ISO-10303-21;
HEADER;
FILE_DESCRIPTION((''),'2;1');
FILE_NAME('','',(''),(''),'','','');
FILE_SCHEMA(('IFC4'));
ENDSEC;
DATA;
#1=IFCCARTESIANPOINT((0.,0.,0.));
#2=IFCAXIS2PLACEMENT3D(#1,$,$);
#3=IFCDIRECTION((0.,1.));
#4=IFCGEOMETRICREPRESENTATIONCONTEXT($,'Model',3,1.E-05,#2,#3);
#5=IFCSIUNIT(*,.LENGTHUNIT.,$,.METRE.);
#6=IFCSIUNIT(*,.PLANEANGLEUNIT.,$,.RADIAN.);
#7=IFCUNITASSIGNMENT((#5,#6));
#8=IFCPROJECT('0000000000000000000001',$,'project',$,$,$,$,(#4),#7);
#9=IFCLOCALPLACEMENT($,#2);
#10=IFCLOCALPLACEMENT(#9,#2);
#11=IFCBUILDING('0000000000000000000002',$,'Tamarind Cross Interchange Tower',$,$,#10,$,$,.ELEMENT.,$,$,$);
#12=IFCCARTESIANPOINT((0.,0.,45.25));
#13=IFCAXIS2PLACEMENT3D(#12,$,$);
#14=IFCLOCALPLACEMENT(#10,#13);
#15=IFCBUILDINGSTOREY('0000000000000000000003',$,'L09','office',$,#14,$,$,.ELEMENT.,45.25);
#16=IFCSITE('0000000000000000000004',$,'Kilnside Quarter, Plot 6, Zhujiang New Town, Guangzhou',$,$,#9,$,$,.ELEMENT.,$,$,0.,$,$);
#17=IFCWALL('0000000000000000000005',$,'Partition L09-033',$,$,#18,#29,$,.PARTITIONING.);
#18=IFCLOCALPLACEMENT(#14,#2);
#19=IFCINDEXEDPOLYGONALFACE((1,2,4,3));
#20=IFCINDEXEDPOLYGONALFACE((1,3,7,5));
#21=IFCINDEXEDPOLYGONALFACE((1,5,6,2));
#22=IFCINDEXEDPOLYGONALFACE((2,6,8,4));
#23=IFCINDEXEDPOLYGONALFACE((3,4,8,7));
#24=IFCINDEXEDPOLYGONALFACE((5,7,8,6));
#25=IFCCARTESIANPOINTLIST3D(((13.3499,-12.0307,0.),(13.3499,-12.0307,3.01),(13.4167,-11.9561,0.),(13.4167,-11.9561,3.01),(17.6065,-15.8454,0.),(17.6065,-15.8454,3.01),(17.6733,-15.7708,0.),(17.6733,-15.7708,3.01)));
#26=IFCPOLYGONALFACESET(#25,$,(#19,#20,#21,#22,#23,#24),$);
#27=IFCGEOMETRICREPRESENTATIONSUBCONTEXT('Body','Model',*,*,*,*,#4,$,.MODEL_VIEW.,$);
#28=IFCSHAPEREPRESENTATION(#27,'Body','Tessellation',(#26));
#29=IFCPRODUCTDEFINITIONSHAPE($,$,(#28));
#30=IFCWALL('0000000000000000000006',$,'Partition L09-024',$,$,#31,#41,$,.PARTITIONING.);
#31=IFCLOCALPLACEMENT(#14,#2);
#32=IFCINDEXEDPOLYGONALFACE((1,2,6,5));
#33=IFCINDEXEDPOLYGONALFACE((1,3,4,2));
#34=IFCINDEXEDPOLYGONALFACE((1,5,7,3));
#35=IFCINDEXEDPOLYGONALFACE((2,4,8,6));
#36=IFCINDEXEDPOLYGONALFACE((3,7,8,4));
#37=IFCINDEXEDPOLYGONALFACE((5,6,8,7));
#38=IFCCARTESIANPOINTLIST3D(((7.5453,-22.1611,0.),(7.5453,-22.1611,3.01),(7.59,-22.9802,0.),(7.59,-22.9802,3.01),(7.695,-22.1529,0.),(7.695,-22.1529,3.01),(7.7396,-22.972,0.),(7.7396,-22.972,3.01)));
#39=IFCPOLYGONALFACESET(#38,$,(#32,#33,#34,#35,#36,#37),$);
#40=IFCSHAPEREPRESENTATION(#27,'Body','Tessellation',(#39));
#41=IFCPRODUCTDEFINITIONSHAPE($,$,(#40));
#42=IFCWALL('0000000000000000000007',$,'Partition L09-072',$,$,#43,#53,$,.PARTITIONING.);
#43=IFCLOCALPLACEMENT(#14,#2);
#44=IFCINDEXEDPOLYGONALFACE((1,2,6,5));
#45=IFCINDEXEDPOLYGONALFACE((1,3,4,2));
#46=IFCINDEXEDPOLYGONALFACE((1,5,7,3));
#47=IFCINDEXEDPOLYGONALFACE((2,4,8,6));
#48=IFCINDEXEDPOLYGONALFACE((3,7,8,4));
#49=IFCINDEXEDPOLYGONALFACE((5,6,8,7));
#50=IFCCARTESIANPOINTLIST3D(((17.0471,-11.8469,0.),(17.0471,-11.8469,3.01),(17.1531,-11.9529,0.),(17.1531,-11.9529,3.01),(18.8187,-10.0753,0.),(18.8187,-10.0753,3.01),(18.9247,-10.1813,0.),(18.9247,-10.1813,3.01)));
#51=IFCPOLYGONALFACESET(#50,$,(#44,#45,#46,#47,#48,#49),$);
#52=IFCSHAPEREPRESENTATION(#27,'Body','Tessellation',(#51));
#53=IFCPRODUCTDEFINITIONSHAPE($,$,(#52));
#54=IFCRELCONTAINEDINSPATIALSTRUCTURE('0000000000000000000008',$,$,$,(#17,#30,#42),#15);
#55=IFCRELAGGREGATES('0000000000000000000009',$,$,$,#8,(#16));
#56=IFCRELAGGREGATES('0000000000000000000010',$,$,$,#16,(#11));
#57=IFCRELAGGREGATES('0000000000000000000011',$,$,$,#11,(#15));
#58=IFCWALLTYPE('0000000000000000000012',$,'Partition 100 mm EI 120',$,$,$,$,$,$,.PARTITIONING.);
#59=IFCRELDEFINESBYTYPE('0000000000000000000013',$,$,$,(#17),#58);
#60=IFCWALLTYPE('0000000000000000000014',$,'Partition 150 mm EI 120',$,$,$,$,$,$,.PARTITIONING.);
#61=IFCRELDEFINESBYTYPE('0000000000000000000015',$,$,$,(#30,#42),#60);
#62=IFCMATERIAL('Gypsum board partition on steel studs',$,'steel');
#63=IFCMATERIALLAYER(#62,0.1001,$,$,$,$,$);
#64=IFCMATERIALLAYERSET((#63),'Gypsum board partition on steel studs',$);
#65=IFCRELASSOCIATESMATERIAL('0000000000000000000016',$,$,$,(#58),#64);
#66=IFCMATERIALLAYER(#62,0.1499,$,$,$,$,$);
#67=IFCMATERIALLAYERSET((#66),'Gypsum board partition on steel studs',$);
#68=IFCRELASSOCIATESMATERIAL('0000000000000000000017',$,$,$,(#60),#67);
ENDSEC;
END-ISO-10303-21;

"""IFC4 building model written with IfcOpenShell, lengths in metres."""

from ifc_helpers import new_model, si_unit, direction, frame, frame_2d, origin, place, context, subcontext, project, spatial, rectangle, extrude, material, layer, layer_set, type_object, element, save


model = new_model("IFC4")

# Units and contexts
model_context = context("Model", 3, precision=1e-05, world=origin(), true_north=direction((0.0, 1.0)))
body_context = subcontext(model_context, "Body", "Model", "MODEL_VIEW")
ifc_project = project(units=[si_unit("LENGTHUNIT", "METRE"), si_unit("PLANEANGLEUNIT", "RADIAN")], contexts=[model_context])

# Site, building, storey
site_placement = place(None, origin())
site = spatial("IfcSite", under=ifc_project, at=site_placement, Name="Kilnside Quarter, Plot 6, Zhujiang New Town, Guangzhou", CompositionType="ELEMENT", RefElevation=0.0)
building_placement = place(site_placement, origin())
building = spatial("IfcBuilding", under=site, at=building_placement, Name="Tamarind Cross Interchange Tower", CompositionType="ELEMENT")
storey_placement = place(building_placement, frame((0.0, 0.0, 45.25)))
storey = spatial("IfcBuildingStorey", under=building, at=storey_placement, Name="L09", Description="office", CompositionType="ELEMENT", Elevation=45.25)

# Walls
ifc_material_1 = material(Name="Gypsum board partition on steel studs", Category="steel")
ifc_layer_1 = layer(ifc_material_1, 0.1001)
ifc_layer_set_1 = layer_set([ifc_layer_1], Name="Gypsum board partition on steel studs")
wall_type_1 = type_object("IfcWallType", Name="Partition 100 mm EI 120", PredefinedType="PARTITIONING", material=ifc_layer_set_1)
wall_1_placement = place(storey_placement, frame((13.3833, -11.9934, 0.0), z_axis=(0.0, 0.0, 1.0), x_axis=(0.744705, -0.667394, 0.0)))
element("IfcWall", 1, at=wall_1_placement, inside=storey, type_object=wall_type_1, Name="Partition L09-033", PredefinedType="PARTITIONING", context=body_context, shape_type="SweptSolid", body=[
    extrude(rectangle(XDim=5.7158, YDim=0.1001, at=frame_2d((2.8579, 0.0))), origin(), (0.0, 0.0, 1.0), 3.01),
])
ifc_layer_2 = layer(ifc_material_1, 0.1499)
ifc_layer_set_2 = layer_set([ifc_layer_2], Name="Gypsum board partition on steel studs")
wall_type_2 = type_object("IfcWallType", Name="Partition 150 mm EI 120", PredefinedType="PARTITIONING", material=ifc_layer_set_2)
wall_2_placement = place(storey_placement, frame((7.6201, -22.157, 0.0), z_axis=(0.0, 0.0, 1.0), x_axis=(0.054464, -0.998516, 0.0)))
element("IfcWall", 2, at=wall_2_placement, inside=storey, type_object=wall_type_2, Name="Partition L09-024", PredefinedType="PARTITIONING", context=body_context, shape_type="SweptSolid", body=[
    extrude(rectangle(XDim=0.8203, YDim=0.1499, at=frame_2d((0.4102, 0.0))), origin(), (0.0, 0.0, 1.0), 3.01),
])
wall_3_placement = place(storey_placement, frame((17.1001, -11.8999, 0.0), z_axis=(0.0, 0.0, 1.0), x_axis=(0.707107, 0.707107, 0.0)))
element("IfcWall", 3, at=wall_3_placement, inside=storey, type_object=wall_type_2, Name="Partition L09-072", PredefinedType="PARTITIONING", context=body_context, shape_type="SweptSolid", body=[
    extrude(rectangle(XDim=2.5054, YDim=0.1499, at=frame_2d((1.2527, 0.0))), origin(), (0.0, 0.0, 1.0), 3.01),
])

save(model, "model.ifc")
